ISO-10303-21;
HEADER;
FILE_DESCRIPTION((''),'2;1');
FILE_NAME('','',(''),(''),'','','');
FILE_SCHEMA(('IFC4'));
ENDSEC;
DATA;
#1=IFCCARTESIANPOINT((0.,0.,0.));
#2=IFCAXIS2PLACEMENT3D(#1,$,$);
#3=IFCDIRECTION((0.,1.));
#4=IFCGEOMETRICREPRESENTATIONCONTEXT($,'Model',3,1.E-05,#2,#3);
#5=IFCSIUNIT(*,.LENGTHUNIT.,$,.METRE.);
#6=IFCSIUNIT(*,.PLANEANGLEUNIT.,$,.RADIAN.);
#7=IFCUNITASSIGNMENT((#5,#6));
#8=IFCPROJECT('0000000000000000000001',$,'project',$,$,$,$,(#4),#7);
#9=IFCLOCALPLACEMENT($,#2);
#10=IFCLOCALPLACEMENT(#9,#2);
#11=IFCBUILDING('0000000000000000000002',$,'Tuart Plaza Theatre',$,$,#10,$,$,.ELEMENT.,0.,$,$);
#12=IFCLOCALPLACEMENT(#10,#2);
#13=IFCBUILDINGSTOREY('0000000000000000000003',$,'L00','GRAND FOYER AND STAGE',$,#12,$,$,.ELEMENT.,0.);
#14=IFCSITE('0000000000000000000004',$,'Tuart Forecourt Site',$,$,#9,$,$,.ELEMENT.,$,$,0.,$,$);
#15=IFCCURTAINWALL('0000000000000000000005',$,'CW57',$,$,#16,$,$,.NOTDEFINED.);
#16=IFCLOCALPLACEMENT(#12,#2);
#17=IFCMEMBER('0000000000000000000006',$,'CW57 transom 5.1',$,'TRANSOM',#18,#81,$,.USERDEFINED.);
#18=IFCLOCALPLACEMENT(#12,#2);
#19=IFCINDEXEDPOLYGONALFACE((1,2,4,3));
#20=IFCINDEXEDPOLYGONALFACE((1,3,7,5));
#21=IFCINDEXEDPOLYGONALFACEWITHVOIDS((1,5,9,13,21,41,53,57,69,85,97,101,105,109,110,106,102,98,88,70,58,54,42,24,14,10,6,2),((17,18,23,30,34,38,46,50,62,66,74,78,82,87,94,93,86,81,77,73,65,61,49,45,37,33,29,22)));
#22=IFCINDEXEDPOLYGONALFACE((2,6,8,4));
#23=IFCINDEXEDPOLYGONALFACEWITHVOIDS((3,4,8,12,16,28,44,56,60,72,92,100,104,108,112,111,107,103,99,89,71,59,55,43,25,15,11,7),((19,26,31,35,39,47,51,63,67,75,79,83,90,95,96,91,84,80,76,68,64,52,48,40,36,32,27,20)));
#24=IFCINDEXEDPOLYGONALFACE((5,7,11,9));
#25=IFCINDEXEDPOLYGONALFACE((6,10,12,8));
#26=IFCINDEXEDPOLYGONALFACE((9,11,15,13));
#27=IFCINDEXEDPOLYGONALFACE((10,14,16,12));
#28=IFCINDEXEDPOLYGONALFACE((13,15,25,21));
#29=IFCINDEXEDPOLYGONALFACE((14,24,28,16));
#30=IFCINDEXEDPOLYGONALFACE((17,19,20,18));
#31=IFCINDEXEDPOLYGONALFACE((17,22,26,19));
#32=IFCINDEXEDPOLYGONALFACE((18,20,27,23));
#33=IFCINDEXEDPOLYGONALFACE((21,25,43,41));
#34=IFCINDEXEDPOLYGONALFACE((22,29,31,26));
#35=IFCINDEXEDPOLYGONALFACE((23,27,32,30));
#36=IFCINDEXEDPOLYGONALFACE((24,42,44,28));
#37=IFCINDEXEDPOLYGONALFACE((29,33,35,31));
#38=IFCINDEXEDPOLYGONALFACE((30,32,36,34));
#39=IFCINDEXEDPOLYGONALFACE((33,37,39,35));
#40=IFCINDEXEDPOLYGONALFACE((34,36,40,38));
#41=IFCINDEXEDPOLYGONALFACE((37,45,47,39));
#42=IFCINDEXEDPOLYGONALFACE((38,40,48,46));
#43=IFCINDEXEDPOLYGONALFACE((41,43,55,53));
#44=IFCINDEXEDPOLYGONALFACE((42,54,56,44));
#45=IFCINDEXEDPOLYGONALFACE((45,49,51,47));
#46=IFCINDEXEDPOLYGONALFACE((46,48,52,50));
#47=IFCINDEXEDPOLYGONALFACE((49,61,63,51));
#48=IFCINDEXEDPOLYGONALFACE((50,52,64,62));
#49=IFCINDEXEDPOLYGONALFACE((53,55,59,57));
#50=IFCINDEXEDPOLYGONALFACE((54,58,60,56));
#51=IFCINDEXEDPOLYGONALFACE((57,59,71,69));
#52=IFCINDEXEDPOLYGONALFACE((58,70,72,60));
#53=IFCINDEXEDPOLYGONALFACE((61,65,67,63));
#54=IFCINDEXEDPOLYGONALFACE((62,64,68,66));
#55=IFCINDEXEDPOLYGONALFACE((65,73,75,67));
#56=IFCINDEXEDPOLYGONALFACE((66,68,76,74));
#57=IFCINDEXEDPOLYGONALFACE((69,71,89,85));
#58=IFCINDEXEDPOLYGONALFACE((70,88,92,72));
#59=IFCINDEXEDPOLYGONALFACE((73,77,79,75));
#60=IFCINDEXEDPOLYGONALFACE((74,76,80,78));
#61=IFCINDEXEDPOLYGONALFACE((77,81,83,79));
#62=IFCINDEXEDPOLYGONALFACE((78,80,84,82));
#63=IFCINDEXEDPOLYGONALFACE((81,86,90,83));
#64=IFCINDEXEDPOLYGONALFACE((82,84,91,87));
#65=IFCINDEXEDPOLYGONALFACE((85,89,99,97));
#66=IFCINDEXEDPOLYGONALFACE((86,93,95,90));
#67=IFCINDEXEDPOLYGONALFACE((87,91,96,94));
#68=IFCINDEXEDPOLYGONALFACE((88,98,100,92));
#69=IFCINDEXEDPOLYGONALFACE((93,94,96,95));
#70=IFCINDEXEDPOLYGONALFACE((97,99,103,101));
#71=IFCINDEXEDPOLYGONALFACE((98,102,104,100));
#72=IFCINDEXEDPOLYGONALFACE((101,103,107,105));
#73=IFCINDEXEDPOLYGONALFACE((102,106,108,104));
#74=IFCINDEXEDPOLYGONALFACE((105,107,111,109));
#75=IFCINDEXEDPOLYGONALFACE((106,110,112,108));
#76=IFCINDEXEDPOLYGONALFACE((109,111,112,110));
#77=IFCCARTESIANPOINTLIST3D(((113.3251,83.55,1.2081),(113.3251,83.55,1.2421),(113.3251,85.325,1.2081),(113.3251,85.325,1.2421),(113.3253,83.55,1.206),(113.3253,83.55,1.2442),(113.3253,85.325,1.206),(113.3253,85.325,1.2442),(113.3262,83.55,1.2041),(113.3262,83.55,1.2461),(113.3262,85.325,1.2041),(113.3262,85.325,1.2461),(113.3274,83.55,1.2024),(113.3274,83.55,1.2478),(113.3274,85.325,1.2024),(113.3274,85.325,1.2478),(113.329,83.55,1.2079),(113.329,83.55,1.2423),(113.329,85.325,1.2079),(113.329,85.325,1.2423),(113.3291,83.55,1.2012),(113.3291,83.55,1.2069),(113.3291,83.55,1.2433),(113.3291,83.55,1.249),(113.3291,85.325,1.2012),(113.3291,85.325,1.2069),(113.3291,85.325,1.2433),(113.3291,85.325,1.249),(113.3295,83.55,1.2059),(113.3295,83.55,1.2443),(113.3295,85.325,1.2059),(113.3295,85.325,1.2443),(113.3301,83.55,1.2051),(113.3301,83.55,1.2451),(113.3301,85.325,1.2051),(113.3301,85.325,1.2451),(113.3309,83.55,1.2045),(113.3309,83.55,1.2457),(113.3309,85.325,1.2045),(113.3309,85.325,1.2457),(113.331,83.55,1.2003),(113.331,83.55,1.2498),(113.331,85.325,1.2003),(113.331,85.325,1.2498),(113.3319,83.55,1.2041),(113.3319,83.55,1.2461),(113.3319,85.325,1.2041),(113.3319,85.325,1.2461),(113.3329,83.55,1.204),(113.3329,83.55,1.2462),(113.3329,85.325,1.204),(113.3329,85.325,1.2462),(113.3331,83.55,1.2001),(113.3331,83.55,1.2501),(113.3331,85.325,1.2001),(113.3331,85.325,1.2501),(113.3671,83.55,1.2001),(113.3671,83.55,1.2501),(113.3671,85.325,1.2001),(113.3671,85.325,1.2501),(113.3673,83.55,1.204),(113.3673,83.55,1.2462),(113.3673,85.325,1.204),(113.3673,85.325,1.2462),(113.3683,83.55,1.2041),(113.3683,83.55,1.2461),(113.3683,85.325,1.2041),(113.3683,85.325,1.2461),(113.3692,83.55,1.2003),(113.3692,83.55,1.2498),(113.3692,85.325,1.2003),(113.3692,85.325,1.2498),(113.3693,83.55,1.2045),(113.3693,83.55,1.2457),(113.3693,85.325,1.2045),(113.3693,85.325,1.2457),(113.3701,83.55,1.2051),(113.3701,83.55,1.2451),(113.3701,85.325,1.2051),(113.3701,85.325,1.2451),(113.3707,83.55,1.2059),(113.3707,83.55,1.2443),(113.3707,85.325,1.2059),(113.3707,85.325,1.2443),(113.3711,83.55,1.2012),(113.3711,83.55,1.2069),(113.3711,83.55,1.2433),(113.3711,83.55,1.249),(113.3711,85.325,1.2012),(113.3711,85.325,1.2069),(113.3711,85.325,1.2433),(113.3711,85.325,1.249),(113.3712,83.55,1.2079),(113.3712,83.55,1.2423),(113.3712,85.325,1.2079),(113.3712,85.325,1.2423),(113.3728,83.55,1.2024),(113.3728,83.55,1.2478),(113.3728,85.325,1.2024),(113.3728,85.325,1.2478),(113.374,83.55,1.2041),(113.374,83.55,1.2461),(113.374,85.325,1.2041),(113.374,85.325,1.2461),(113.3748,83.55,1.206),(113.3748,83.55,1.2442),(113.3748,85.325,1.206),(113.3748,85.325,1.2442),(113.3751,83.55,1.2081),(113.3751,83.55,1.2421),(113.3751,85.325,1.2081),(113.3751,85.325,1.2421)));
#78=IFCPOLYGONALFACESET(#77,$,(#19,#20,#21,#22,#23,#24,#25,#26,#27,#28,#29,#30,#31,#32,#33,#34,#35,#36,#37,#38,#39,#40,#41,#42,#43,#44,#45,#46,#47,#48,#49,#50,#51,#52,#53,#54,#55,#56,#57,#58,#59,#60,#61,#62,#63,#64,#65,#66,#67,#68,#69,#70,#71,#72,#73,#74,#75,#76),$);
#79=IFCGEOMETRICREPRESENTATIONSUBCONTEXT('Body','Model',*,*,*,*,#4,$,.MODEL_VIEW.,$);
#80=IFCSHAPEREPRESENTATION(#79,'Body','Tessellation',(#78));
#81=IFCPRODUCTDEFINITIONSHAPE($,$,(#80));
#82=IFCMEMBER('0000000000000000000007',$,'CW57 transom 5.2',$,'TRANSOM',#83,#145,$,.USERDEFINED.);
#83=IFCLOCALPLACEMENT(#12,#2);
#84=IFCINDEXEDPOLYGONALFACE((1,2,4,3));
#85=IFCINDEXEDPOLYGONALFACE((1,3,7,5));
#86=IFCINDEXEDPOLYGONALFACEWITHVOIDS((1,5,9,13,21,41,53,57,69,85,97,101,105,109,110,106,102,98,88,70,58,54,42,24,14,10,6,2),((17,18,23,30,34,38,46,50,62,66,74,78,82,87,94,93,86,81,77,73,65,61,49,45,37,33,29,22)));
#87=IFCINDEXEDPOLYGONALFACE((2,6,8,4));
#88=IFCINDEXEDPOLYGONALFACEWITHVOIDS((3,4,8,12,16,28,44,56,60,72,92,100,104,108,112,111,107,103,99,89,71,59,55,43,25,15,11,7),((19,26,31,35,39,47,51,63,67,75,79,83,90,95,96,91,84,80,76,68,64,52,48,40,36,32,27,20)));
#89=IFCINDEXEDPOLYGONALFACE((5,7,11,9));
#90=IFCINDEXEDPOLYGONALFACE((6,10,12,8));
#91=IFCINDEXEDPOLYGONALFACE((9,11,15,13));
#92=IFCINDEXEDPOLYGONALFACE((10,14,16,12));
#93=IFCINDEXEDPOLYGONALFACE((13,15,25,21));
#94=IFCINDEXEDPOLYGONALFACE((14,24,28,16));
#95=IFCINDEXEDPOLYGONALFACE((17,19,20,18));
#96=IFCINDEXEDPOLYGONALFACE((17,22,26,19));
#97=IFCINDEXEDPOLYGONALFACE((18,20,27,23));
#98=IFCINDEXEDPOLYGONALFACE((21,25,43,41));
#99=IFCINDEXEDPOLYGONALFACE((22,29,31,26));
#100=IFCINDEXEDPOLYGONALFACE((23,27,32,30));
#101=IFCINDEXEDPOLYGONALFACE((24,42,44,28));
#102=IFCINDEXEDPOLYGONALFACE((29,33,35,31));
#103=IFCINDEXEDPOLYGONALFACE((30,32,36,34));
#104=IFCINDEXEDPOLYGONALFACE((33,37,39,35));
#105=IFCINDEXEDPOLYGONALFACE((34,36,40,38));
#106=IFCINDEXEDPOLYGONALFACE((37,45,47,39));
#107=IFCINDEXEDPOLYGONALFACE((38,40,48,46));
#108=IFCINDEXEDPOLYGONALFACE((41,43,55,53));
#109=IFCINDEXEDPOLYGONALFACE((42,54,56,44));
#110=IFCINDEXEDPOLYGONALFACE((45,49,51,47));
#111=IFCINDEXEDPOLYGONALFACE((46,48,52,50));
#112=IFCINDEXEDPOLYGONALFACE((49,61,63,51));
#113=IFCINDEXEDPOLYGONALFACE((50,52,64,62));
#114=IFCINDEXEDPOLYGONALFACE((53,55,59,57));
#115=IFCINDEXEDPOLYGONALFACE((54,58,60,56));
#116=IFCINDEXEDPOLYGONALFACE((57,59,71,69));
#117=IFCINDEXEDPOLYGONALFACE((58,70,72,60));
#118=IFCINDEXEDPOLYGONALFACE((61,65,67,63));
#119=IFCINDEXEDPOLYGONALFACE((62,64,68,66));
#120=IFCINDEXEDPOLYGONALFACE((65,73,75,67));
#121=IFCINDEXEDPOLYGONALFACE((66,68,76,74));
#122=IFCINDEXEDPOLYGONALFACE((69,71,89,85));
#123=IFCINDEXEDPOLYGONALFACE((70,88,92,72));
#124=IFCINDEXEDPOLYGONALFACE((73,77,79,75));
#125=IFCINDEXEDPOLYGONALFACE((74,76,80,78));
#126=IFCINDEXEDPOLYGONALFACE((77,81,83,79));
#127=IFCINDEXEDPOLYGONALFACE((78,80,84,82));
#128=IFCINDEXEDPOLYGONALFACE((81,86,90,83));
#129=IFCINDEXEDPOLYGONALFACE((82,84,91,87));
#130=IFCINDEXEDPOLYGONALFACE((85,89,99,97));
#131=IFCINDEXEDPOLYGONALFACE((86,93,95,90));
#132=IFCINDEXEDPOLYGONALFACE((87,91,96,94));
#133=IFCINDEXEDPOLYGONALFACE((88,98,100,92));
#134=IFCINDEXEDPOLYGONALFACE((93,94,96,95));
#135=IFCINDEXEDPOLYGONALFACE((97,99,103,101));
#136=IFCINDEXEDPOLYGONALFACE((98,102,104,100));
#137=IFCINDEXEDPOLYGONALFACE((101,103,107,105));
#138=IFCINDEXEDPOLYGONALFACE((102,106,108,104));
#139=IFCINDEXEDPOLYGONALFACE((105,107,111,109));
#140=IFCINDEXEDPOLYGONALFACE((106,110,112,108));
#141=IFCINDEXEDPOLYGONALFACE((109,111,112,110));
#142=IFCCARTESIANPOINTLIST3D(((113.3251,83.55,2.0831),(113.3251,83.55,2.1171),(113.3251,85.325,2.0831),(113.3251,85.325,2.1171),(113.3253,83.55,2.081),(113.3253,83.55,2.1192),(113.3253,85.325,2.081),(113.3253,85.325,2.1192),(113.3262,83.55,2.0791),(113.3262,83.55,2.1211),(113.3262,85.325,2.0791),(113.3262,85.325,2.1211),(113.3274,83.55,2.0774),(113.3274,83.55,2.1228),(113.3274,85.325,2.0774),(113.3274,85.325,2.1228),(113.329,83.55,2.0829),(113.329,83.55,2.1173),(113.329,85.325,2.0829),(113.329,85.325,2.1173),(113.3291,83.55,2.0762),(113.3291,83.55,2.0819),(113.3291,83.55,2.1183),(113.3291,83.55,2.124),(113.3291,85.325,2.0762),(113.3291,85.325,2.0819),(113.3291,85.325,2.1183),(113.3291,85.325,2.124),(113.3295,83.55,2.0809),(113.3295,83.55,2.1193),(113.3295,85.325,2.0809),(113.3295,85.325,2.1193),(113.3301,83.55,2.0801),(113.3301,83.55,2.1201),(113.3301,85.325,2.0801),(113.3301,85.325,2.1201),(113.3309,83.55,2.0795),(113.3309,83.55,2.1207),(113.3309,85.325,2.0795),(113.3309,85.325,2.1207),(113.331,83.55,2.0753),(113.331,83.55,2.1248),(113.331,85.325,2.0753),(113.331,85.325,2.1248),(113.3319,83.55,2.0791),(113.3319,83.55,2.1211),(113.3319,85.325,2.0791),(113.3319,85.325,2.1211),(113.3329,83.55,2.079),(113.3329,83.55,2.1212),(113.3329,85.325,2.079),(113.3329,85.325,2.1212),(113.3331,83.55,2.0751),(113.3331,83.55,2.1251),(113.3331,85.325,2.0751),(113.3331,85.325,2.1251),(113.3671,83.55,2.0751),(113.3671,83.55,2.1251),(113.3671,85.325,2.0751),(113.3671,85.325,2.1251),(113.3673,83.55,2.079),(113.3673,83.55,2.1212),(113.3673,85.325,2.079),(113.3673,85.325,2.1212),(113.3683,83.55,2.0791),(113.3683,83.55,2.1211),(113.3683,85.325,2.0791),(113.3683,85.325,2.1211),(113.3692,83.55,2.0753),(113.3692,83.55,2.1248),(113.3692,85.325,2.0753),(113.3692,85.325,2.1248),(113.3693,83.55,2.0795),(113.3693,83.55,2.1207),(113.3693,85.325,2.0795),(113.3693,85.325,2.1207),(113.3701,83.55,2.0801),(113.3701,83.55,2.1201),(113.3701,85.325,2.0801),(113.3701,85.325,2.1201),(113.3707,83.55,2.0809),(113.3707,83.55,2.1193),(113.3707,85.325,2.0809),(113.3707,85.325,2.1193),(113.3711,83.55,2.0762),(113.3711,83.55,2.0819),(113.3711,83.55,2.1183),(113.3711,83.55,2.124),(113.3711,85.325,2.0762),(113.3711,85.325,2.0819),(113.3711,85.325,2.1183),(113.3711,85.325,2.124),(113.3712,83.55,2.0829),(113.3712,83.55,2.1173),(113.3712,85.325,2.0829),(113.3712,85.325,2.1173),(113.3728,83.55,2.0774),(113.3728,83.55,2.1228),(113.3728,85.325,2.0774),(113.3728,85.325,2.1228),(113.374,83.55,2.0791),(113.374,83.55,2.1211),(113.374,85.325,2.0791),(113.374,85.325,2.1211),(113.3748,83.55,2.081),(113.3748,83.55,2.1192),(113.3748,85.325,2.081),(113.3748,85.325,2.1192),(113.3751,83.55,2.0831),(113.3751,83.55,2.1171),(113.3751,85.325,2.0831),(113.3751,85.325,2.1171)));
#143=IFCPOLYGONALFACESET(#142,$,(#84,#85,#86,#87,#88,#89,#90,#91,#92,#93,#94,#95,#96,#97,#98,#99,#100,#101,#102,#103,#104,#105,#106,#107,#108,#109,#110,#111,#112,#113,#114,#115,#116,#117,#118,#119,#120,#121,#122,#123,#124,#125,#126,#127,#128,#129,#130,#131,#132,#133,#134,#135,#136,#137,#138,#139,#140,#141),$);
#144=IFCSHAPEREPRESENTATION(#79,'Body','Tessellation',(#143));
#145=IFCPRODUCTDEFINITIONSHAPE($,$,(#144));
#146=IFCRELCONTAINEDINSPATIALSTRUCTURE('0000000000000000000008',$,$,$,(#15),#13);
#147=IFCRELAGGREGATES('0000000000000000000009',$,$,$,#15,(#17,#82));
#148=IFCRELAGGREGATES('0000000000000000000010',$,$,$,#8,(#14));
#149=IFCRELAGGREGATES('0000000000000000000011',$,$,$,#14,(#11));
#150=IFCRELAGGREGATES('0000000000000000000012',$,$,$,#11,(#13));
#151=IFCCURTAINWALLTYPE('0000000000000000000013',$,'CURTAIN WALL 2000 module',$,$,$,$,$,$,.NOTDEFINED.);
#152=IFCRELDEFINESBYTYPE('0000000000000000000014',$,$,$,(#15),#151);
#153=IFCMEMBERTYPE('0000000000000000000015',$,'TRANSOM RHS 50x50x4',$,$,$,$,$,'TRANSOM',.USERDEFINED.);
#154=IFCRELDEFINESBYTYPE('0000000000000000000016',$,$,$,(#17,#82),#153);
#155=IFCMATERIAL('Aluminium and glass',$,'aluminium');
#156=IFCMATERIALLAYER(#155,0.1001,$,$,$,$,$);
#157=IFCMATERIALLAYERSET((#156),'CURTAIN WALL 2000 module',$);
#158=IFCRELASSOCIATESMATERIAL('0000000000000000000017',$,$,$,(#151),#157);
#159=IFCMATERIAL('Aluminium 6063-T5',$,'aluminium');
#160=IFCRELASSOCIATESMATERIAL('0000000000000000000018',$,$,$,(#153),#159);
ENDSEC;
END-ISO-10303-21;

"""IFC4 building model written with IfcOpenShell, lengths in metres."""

from ifc_helpers import new_model, si_unit, direction, frame, origin, origin_2d, place, context, subcontext, project, spatial, hollow_rectangle, extrude, material, layer, layer_set, material_profile, profile_set, type_object, element, aggregate, save


model = new_model("IFC4")

# Units and contexts
model_context = context("Model", 3, precision=1e-05, world=origin(), true_north=direction((0.0, 1.0)))
body_context = subcontext(model_context, "Body", "Model", "MODEL_VIEW")
ifc_project = project(units=[si_unit("LENGTHUNIT", "METRE"), si_unit("PLANEANGLEUNIT", "RADIAN")], contexts=[model_context])

# Site, building, storey
site_placement = place(None, origin())
site = spatial("IfcSite", under=ifc_project, at=site_placement, Name="Tuart Forecourt Site", CompositionType="ELEMENT", RefElevation=0.0)
building_placement = place(site_placement, origin())
building = spatial("IfcBuilding", under=site, at=building_placement, Name="Tuart Plaza Theatre", CompositionType="ELEMENT", ElevationOfRefHeight=0.0)
storey_placement = place(building_placement, origin())
storey = spatial("IfcBuildingStorey", under=building, at=storey_placement, Name="L00", Description="GRAND FOYER AND STAGE", CompositionType="ELEMENT", Elevation=0.0)

# Curtain wall
ifc_material_1 = material(Name="Aluminium and glass", Category="aluminium")
ifc_layer_1 = layer(ifc_material_1, 0.1001)
ifc_layer_set_1 = layer_set([ifc_layer_1], Name="CURTAIN WALL 2000 module")
curtain_wall_type = type_object("IfcCurtainWallType", Name="CURTAIN WALL 2000 module", PredefinedType="NOTDEFINED", material=ifc_layer_set_1)
curtain_wall_1_placement = place(storey_placement, origin())
curtain_wall_1 = element("IfcCurtainWall", 1, at=curtain_wall_1_placement, inside=storey, type_object=curtain_wall_type, Name="CW57", PredefinedType="NOTDEFINED")

# Members
ifc_material_2 = material(Name="Aluminium 6063-T5", Category="aluminium")
ifc_material_profile_1 = material_profile(ifc_material_2, hollow_rectangle(XDim=0.05, YDim=0.05, WallThickness=0.0039, InnerFilletRadius=0.0039, OuterFilletRadius=0.0081, at=origin_2d()), Name="RHS 50x50x4")
ifc_profile_set_1 = profile_set([ifc_material_profile_1], Name="Aluminium 6063-T5")
member_type_1 = type_object("IfcMemberType", Name="TRANSOM RHS 50x50x4", ElementType="TRANSOM", PredefinedType="USERDEFINED", material=ifc_profile_set_1)
member_1_placement = place(storey_placement, frame((113.3501, 85.325, 1.2251), z_axis=(0.0, -1.0, 0.0), x_axis=(1.0, 0.0, 0.0)))
member_1 = element("IfcMember", 2, at=member_1_placement, type_object=member_type_1, Name="CW57 transom 5.1", ObjectType="TRANSOM", PredefinedType="USERDEFINED", context=body_context, shape_type="SweptSolid", body=[
    extrude(hollow_rectangle(XDim=0.05, YDim=0.05, WallThickness=0.0039, InnerFilletRadius=0.0039, OuterFilletRadius=0.0081, at=origin_2d()), origin(), (0.0, 0.0, 1.0), 1.7749),
])
member_2_placement = place(storey_placement, frame((113.3501, 85.325, 2.1001), z_axis=(0.0, -1.0, 0.0), x_axis=(1.0, 0.0, 0.0)))
member_2 = element("IfcMember", 3, at=member_2_placement, type_object=member_type_1, Name="CW57 transom 5.2", ObjectType="TRANSOM", PredefinedType="USERDEFINED", context=body_context, shape_type="SweptSolid", body=[
    extrude(hollow_rectangle(XDim=0.05, YDim=0.05, WallThickness=0.0039, InnerFilletRadius=0.0039, OuterFilletRadius=0.0081, at=origin_2d()), origin(), (0.0, 0.0, 1.0), 1.7749),
])

aggregate(curtain_wall_1, [member_1, member_2])

save(model, "model.ifc")
